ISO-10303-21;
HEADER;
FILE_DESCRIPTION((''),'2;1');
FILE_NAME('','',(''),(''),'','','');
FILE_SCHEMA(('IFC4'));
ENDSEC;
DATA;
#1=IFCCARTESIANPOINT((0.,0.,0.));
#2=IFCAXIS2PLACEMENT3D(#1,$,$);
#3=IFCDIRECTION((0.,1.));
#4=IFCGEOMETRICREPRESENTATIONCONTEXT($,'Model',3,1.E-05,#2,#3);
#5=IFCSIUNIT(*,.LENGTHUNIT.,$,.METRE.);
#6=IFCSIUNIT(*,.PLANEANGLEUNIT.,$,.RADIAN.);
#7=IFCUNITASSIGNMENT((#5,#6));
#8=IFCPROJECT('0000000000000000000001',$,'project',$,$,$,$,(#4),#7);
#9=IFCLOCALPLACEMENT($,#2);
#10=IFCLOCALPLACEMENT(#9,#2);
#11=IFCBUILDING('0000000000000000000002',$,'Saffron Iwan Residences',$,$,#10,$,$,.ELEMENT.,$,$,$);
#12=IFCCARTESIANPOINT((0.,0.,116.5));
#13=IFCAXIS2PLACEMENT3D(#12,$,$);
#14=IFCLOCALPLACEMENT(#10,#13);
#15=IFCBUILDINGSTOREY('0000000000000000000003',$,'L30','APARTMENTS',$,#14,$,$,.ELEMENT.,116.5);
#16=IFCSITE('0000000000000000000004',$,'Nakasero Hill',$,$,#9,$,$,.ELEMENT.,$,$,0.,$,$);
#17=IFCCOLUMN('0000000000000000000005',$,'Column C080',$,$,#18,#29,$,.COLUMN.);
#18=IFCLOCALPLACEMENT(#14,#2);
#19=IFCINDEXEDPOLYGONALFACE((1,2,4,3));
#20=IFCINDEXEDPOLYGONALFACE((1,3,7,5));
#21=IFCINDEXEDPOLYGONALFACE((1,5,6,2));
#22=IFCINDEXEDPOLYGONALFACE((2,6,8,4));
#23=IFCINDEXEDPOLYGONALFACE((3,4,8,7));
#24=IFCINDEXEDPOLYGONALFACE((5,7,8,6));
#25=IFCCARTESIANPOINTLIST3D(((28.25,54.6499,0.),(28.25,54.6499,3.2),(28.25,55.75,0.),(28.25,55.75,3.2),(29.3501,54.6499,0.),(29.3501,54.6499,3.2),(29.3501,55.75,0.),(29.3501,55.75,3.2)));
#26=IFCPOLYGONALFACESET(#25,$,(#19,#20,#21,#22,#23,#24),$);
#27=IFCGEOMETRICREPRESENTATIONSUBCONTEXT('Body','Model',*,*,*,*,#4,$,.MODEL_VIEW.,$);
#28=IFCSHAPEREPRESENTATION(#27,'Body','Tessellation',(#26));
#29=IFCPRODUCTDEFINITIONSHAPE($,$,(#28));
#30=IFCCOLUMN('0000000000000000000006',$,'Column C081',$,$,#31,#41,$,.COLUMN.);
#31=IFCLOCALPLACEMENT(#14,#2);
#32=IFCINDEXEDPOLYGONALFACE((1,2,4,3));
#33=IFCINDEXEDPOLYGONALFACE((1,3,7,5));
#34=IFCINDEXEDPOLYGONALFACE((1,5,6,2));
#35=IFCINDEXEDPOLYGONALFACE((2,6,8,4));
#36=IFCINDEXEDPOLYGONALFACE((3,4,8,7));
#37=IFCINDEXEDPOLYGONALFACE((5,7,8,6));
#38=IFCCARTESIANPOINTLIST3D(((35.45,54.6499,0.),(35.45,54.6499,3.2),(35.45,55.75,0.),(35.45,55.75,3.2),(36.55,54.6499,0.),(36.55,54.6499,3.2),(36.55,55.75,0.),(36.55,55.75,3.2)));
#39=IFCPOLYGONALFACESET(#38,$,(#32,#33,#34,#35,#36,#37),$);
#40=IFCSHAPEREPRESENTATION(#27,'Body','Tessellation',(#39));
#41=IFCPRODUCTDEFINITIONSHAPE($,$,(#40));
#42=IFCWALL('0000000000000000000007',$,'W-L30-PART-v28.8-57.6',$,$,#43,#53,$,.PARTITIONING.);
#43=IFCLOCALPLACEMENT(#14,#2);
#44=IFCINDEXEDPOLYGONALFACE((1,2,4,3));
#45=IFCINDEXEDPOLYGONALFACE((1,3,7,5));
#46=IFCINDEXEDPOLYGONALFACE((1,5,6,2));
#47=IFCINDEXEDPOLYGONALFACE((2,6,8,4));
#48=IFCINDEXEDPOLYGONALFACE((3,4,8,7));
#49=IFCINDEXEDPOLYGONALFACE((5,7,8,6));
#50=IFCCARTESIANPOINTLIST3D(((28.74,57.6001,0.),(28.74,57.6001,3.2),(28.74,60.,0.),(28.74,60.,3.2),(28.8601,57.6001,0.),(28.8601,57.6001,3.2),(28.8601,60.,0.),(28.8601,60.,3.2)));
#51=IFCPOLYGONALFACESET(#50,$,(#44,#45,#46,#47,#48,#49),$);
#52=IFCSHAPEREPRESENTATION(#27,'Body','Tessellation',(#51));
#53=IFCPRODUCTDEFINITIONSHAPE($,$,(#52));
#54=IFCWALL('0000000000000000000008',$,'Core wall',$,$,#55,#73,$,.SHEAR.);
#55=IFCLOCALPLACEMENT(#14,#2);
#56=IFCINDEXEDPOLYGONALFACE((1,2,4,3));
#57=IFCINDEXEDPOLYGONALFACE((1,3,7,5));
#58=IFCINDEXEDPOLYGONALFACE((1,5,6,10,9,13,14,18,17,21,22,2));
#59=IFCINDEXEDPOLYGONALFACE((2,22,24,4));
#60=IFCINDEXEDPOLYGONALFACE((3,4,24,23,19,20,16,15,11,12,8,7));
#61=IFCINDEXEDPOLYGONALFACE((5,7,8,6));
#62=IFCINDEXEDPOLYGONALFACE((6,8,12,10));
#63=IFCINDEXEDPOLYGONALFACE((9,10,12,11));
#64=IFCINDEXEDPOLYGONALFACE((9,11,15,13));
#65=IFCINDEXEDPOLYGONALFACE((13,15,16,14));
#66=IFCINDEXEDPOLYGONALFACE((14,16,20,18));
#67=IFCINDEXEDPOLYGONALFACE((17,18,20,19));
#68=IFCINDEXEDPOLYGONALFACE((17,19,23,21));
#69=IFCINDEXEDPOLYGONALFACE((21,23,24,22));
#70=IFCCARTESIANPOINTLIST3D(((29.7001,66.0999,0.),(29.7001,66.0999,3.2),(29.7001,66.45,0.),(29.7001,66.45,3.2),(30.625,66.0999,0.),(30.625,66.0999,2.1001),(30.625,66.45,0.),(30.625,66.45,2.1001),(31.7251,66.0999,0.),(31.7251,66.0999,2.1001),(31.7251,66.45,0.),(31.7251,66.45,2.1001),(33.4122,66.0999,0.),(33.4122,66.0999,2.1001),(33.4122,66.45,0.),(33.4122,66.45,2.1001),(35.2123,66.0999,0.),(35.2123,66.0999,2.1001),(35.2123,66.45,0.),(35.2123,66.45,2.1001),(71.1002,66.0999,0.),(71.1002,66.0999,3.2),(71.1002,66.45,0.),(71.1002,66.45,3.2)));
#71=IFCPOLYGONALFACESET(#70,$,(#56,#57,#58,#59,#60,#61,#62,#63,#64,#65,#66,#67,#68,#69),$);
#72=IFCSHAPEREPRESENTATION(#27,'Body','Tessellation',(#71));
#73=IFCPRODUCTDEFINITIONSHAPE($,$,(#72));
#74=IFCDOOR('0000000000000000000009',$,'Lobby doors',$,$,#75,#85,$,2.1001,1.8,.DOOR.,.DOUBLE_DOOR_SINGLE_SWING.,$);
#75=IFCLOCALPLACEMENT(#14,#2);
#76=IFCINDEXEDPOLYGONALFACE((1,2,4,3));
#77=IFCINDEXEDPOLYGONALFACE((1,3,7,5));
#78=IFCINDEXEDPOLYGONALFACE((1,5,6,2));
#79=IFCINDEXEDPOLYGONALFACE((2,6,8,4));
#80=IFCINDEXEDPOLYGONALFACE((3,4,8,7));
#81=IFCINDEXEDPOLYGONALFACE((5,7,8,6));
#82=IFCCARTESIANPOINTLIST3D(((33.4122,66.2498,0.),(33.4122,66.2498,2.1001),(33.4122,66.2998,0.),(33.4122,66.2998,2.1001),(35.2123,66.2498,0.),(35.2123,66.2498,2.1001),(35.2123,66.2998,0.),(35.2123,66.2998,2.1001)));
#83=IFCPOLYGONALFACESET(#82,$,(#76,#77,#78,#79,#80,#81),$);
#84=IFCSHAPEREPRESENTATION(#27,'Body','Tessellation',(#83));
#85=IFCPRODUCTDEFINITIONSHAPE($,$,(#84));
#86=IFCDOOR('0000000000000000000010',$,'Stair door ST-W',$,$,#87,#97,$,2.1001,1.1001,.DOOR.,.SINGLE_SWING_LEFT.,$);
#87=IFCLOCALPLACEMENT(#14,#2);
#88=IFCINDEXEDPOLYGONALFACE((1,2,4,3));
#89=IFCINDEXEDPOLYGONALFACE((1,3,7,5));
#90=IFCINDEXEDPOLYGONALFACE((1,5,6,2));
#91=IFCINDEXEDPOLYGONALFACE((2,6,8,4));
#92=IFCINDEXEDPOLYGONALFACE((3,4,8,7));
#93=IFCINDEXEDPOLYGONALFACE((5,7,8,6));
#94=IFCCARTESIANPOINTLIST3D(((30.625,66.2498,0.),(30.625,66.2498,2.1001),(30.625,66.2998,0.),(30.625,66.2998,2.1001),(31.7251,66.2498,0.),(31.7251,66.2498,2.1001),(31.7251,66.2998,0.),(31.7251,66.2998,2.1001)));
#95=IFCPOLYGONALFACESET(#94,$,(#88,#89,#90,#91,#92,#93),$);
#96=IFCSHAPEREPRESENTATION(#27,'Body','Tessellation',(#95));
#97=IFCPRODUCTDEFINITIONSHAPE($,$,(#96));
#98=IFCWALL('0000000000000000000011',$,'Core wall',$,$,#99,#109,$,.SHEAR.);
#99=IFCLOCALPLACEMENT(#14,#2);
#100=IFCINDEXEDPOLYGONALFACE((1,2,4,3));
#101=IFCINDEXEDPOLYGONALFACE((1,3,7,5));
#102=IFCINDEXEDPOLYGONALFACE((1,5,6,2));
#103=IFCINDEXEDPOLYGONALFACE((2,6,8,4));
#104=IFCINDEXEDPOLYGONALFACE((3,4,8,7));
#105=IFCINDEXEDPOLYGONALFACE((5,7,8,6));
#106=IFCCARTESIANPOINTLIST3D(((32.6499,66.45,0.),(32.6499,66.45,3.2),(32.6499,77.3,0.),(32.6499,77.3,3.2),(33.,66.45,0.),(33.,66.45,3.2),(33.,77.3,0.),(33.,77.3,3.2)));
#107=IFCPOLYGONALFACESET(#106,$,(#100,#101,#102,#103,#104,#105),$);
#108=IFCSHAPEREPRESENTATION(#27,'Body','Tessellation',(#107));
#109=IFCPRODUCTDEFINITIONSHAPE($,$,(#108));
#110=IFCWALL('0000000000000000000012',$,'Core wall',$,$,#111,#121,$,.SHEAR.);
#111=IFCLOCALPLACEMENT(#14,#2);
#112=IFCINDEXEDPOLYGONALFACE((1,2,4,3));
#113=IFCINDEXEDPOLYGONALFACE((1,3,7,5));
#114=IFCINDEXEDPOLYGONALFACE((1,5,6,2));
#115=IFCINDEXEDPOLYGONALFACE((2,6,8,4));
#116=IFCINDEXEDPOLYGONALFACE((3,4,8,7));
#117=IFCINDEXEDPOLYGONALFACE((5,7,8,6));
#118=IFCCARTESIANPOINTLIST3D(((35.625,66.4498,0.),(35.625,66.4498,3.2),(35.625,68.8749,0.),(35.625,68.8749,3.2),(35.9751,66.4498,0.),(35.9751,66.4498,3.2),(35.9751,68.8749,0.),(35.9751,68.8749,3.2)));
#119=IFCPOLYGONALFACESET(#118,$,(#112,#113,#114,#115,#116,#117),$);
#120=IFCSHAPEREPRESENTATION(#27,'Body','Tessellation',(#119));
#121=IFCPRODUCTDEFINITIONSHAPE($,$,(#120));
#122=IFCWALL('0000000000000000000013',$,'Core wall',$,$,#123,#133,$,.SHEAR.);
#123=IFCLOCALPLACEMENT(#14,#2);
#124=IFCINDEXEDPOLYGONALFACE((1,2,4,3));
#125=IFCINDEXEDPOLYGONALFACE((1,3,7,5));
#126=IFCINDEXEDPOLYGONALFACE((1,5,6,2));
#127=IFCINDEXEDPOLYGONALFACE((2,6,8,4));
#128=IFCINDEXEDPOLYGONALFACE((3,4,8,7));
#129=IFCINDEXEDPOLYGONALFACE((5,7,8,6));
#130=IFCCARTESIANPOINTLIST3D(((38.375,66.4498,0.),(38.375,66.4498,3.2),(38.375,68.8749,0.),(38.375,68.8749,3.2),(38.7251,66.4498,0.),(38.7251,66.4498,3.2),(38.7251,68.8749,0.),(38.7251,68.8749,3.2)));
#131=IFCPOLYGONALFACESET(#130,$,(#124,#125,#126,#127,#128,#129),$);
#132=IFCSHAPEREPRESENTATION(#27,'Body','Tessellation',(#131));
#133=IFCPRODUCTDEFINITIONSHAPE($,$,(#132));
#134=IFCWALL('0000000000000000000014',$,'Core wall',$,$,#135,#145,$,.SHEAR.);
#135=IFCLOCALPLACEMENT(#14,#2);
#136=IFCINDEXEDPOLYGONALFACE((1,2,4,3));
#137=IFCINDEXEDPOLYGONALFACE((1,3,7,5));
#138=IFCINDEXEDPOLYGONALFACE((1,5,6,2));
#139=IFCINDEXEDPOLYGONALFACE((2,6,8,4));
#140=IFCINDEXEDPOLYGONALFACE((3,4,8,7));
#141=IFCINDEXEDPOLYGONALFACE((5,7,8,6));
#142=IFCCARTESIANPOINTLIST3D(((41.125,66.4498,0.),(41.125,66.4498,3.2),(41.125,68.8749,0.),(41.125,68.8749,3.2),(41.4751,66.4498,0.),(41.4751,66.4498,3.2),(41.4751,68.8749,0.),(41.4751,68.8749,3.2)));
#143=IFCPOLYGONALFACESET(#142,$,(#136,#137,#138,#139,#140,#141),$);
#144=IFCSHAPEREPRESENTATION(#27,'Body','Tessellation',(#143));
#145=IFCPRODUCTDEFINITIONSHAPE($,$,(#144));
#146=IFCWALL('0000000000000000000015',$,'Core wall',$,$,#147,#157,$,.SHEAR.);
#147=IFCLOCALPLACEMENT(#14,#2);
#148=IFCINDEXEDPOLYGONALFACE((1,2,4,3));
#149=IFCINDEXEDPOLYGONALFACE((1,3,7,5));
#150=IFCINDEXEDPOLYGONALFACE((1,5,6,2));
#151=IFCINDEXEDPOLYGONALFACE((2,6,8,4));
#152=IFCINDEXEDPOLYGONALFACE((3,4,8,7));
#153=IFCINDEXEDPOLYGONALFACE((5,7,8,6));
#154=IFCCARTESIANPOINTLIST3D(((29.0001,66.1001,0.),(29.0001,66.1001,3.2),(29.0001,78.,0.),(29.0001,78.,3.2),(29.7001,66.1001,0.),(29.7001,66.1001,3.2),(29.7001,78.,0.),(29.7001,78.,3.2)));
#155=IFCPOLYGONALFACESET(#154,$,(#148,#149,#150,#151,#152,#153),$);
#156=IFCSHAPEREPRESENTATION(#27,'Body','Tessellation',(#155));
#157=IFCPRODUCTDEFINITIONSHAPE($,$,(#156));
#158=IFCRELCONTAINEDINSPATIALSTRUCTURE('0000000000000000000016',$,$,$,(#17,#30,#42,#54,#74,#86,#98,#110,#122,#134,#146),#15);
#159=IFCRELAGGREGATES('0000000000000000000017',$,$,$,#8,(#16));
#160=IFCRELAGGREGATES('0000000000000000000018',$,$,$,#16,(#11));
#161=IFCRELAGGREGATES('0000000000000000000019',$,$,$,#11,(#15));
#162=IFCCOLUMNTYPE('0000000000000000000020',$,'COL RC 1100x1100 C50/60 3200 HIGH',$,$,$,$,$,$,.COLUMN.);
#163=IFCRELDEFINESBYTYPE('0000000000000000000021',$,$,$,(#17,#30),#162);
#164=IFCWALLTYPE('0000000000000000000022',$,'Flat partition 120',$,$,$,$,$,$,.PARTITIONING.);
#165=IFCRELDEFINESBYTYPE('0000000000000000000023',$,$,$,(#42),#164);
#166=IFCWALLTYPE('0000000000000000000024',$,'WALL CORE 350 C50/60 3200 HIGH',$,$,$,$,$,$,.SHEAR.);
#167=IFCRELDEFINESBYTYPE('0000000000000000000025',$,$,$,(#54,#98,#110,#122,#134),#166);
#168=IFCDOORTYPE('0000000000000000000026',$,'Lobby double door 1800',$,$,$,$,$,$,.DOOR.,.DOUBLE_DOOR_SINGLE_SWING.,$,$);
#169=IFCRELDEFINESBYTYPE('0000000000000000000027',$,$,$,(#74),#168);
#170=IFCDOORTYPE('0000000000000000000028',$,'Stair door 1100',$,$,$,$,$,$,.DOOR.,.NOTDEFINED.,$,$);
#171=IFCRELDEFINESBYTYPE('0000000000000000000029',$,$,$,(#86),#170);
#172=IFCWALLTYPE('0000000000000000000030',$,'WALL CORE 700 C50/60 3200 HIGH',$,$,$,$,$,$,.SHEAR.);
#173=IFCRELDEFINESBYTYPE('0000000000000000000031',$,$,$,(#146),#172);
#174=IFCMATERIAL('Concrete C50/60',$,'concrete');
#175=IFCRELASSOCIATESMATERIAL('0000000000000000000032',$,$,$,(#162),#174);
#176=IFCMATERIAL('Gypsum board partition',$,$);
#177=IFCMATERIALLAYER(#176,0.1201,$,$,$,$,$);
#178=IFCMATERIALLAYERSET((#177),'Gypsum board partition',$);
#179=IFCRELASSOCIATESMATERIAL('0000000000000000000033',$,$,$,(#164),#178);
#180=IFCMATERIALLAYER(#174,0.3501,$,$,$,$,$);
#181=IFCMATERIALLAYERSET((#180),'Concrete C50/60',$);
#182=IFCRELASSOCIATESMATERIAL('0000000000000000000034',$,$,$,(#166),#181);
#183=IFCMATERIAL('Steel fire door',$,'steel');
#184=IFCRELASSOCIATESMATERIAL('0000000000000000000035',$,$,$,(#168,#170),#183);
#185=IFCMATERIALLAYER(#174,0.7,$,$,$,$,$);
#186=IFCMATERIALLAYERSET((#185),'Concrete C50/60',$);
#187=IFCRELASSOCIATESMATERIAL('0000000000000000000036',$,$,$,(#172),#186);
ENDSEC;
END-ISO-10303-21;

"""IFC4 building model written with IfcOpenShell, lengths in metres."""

from ifc_helpers import new_model, si_unit, direction, frame, frame_2d, origin, origin_2d, place, context, subcontext, project, spatial, rectangle, extrude, source, transform, mapped, material, layer, layer_set, material_profile, profile_set, type_object, element, fill, save


model = new_model("IFC4")

# Units and contexts
model_context = context("Model", 3, precision=1e-05, world=origin(), true_north=direction((0.0, 1.0)))
body_context = subcontext(model_context, "Body", "Model", "MODEL_VIEW")
ifc_project = project(units=[si_unit("LENGTHUNIT", "METRE"), si_unit("PLANEANGLEUNIT", "RADIAN")], contexts=[model_context])

# Site, building, storey
site_placement = place(None, origin())
site = spatial("IfcSite", under=ifc_project, at=site_placement, Name="Nakasero Hill", CompositionType="ELEMENT", RefElevation=0.0)
building_placement = place(site_placement, origin())
building = spatial("IfcBuilding", under=site, at=building_placement, Name="Saffron Iwan Residences", CompositionType="ELEMENT")
storey_placement = place(building_placement, frame((0.0, 0.0, 116.5)))
storey = spatial("IfcBuildingStorey", under=building, at=storey_placement, Name="L30", Description="APARTMENTS", CompositionType="ELEMENT", Elevation=116.5)

# Columns
ifc_material_1 = material(Name="Concrete C50/60", Category="concrete")
ifc_material_profile = material_profile(ifc_material_1, rectangle(XDim=1.1001, YDim=1.1001, at=origin_2d()), Name="RC 1100x1100")
ifc_profile_set = profile_set([ifc_material_profile], Name="Concrete C50/60")
column_type = type_object("IfcColumnType", Name="COL RC 1100x1100 C50/60 3200 HIGH", PredefinedType="COLUMN", material=ifc_profile_set)
shared_shape = source(origin(), body_context, "Body", "SweptSolid", [
    extrude(rectangle(XDim=1.1001, YDim=1.1001, at=origin_2d()), origin(), (0.0, 0.0, 1.0), 3.2),
])
for number, where, z_axis, x_axis, name in (
    (1, (28.8, 55.2, 0.0), (0.0, 0.0, 1.0), (1.0, 0.0, 0.0), "Column C080"),
    (2, (36.0, 55.2, 0.0), (0.0, 0.0, 1.0), (1.0, 0.0, 0.0), "Column C081"),
):
    element("IfcColumn", number, at=place(storey_placement, frame(where, z_axis=z_axis, x_axis=x_axis)), inside=storey, type_object=column_type, Name=name, PredefinedType="COLUMN", context=body_context, shape_type="MappedRepresentation", body=[
        mapped(shared_shape, transform((0.0, 0.0, 0.0))),
    ])

# Wall
ifc_material_2 = material(Name="Gypsum board partition")
ifc_layer_1 = layer(ifc_material_2, 0.1201)
ifc_layer_set_1 = layer_set([ifc_layer_1], Name="Gypsum board partition")
wall_type_1 = type_object("IfcWallType", Name="Flat partition 120", PredefinedType="PARTITIONING", material=ifc_layer_set_1)
wall_1_placement = place(storey_placement, frame((28.8, 57.6001, 0.0), z_axis=(0.0, 0.0, 1.0), x_axis=(0.0, 1.0, 0.0)))
element("IfcWall", 3, at=wall_1_placement, inside=storey, type_object=wall_type_1, Name="W-L30-PART-v28.8-57.6", PredefinedType="PARTITIONING", context=body_context, shape_type="SweptSolid", body=[
    extrude(rectangle(XDim=2.3999, YDim=0.1201, at=frame_2d((1.2, 0.0))), origin(), (0.0, 0.0, 1.0), 3.2),
])

# Wall, openings, doors
ifc_layer_2 = layer(ifc_material_1, 0.3501)
ifc_layer_set_2 = layer_set([ifc_layer_2], Name="Concrete C50/60")
wall_type_2 = type_object("IfcWallType", Name="WALL CORE 350 C50/60 3200 HIGH", PredefinedType="SHEAR", material=ifc_layer_set_2)
wall_2_placement = place(storey_placement, frame((29.7, 66.2749, 0.0), z_axis=(0.0, 0.0, 1.0), x_axis=(1.0, 0.0, 0.0)))
wall_2 = element("IfcWall", 4, at=wall_2_placement, inside=storey, type_object=wall_type_2, Name="Core wall", PredefinedType="SHEAR", context=body_context, shape_type="SweptSolid", body=[
    extrude(rectangle(XDim=41.4001, YDim=0.3501, at=frame_2d((20.7002, 0.0))), origin(), (0.0, 0.0, 1.0), 3.2),
])
opening_1_placement = place(wall_2_placement, frame((0.925, 0.0, 0.0)))
opening_1 = element("IfcOpeningElement", 5, at=opening_1_placement, cuts=wall_2, PredefinedType="OPENING", context=body_context, shape_type="SweptSolid", body=[
    extrude(rectangle(XDim=1.1001, YDim=2.1001, at=frame_2d((0.55, 1.05))), frame((0.0, 0.1851, 0.0), z_axis=(0.0, -1.0, 0.0), x_axis=(1.0, 0.0, 0.0)), (0.0, 0.0, 1.0), 0.3701),
])
opening_2_placement = place(wall_2_placement, frame((3.7124, 0.0, 0.0)))
opening_2 = element("IfcOpeningElement", 6, at=opening_2_placement, cuts=wall_2, PredefinedType="OPENING", context=body_context, shape_type="SweptSolid", body=[
    extrude(rectangle(XDim=1.8, YDim=2.1001, at=frame_2d((0.8999, 1.05))), frame((0.0, 0.1851, 0.0), z_axis=(0.0, -1.0, 0.0), x_axis=(1.0, 0.0, 0.0)), (0.0, 0.0, 1.0), 0.3701),
])
ifc_material_3 = material(Name="Steel fire door", Category="steel")
door_type_1 = type_object("IfcDoorType", Name="Lobby double door 1800", OperationType="DOUBLE_DOOR_SINGLE_SWING", PredefinedType="DOOR", material=ifc_material_3)
door_1_placement = place(opening_2_placement, origin())
door_1 = element("IfcDoor", 7, at=door_1_placement, inside=storey, type_object=door_type_1, Name="Lobby doors", OperationType="DOUBLE_DOOR_SINGLE_SWING", OverallHeight=2.1001, OverallWidth=1.8, PredefinedType="DOOR", context=body_context, shape_type="SweptSolid", body=[
    extrude(rectangle(XDim=1.8, YDim=2.1001, at=frame_2d((0.8999, 1.05))), frame((0.0, 0.0249, 0.0), z_axis=(0.0, -1.0, 0.0), x_axis=(1.0, 0.0, 0.0)), (0.0, 0.0, 1.0), 0.05),
])
fill(opening_2, door_1)
door_type_2 = type_object("IfcDoorType", Name="Stair door 1100", OperationType="NOTDEFINED", PredefinedType="DOOR", material=ifc_material_3)
door_2_placement = place(opening_1_placement, origin())
door_2 = element("IfcDoor", 8, at=door_2_placement, inside=storey, type_object=door_type_2, Name="Stair door ST-W", OperationType="SINGLE_SWING_LEFT", OverallHeight=2.1001, OverallWidth=1.1001, PredefinedType="DOOR", context=body_context, shape_type="SweptSolid", body=[
    extrude(rectangle(XDim=1.1001, YDim=2.1001, at=frame_2d((0.55, 1.05))), frame((0.0, 0.0249, 0.0), z_axis=(0.0, -1.0, 0.0), x_axis=(1.0, 0.0, 0.0)), (0.0, 0.0, 1.0), 0.05),
])
fill(opening_1, door_2)

# Walls
wall_3_placement = place(storey_placement, frame((32.825, 66.45, 0.0), z_axis=(0.0, 0.0, 1.0), x_axis=(0.0, 1.0, 0.0)))
element("IfcWall", 9, at=wall_3_placement, inside=storey, type_object=wall_type_2, Name="Core wall", PredefinedType="SHEAR", context=body_context, shape_type="SweptSolid", body=[
    extrude(rectangle(XDim=10.8501, YDim=0.3501, at=frame_2d((5.425, 0.0))), origin(), (0.0, 0.0, 1.0), 3.2),
])
for number, where, z_axis, x_axis, name in (
    (10, (35.8, 66.45, 0.0), (0.0, 0.0, 1.0), (0.0, 1.0, 0.0), "Core wall"),
    (11, (38.55, 66.45, 0.0), (0.0, 0.0, 1.0), (0.0, 1.0, 0.0), "Core wall"),
    (12, (41.3, 66.45, 0.0), (0.0, 0.0, 1.0), (0.0, 1.0, 0.0), "Core wall"),
):
    element("IfcWall", number, at=place(storey_placement, frame(where, z_axis=z_axis, x_axis=x_axis)), inside=storey, type_object=wall_type_2, Name=name, PredefinedType="SHEAR", context=body_context, shape_type="SweptSolid", body=[
        extrude(rectangle(XDim=2.425, YDim=0.3501, at=frame_2d((1.2124, 0.0))), origin(), (0.0, 0.0, 1.0), 3.2),
    ])
ifc_layer_3 = layer(ifc_material_1, 0.7)
ifc_layer_set_3 = layer_set([ifc_layer_3], Name="Concrete C50/60")
wall_type_3 = type_object("IfcWallType", Name="WALL CORE 700 C50/60 3200 HIGH", PredefinedType="SHEAR", material=ifc_layer_set_3)
wall_4_placement = place(storey_placement, frame((29.3501, 66.1001, 0.0), z_axis=(0.0, 0.0, 1.0), x_axis=(0.0, 1.0, 0.0)))
element("IfcWall", 13, at=wall_4_placement, inside=storey, type_object=wall_type_3, Name="Core wall", PredefinedType="SHEAR", context=body_context, shape_type="SweptSolid", body=[
    extrude(rectangle(XDim=11.8999, YDim=0.7, at=frame_2d((5.95, 0.0))), origin(), (0.0, 0.0, 1.0), 3.2),
])

save(model, "model.ifc")
